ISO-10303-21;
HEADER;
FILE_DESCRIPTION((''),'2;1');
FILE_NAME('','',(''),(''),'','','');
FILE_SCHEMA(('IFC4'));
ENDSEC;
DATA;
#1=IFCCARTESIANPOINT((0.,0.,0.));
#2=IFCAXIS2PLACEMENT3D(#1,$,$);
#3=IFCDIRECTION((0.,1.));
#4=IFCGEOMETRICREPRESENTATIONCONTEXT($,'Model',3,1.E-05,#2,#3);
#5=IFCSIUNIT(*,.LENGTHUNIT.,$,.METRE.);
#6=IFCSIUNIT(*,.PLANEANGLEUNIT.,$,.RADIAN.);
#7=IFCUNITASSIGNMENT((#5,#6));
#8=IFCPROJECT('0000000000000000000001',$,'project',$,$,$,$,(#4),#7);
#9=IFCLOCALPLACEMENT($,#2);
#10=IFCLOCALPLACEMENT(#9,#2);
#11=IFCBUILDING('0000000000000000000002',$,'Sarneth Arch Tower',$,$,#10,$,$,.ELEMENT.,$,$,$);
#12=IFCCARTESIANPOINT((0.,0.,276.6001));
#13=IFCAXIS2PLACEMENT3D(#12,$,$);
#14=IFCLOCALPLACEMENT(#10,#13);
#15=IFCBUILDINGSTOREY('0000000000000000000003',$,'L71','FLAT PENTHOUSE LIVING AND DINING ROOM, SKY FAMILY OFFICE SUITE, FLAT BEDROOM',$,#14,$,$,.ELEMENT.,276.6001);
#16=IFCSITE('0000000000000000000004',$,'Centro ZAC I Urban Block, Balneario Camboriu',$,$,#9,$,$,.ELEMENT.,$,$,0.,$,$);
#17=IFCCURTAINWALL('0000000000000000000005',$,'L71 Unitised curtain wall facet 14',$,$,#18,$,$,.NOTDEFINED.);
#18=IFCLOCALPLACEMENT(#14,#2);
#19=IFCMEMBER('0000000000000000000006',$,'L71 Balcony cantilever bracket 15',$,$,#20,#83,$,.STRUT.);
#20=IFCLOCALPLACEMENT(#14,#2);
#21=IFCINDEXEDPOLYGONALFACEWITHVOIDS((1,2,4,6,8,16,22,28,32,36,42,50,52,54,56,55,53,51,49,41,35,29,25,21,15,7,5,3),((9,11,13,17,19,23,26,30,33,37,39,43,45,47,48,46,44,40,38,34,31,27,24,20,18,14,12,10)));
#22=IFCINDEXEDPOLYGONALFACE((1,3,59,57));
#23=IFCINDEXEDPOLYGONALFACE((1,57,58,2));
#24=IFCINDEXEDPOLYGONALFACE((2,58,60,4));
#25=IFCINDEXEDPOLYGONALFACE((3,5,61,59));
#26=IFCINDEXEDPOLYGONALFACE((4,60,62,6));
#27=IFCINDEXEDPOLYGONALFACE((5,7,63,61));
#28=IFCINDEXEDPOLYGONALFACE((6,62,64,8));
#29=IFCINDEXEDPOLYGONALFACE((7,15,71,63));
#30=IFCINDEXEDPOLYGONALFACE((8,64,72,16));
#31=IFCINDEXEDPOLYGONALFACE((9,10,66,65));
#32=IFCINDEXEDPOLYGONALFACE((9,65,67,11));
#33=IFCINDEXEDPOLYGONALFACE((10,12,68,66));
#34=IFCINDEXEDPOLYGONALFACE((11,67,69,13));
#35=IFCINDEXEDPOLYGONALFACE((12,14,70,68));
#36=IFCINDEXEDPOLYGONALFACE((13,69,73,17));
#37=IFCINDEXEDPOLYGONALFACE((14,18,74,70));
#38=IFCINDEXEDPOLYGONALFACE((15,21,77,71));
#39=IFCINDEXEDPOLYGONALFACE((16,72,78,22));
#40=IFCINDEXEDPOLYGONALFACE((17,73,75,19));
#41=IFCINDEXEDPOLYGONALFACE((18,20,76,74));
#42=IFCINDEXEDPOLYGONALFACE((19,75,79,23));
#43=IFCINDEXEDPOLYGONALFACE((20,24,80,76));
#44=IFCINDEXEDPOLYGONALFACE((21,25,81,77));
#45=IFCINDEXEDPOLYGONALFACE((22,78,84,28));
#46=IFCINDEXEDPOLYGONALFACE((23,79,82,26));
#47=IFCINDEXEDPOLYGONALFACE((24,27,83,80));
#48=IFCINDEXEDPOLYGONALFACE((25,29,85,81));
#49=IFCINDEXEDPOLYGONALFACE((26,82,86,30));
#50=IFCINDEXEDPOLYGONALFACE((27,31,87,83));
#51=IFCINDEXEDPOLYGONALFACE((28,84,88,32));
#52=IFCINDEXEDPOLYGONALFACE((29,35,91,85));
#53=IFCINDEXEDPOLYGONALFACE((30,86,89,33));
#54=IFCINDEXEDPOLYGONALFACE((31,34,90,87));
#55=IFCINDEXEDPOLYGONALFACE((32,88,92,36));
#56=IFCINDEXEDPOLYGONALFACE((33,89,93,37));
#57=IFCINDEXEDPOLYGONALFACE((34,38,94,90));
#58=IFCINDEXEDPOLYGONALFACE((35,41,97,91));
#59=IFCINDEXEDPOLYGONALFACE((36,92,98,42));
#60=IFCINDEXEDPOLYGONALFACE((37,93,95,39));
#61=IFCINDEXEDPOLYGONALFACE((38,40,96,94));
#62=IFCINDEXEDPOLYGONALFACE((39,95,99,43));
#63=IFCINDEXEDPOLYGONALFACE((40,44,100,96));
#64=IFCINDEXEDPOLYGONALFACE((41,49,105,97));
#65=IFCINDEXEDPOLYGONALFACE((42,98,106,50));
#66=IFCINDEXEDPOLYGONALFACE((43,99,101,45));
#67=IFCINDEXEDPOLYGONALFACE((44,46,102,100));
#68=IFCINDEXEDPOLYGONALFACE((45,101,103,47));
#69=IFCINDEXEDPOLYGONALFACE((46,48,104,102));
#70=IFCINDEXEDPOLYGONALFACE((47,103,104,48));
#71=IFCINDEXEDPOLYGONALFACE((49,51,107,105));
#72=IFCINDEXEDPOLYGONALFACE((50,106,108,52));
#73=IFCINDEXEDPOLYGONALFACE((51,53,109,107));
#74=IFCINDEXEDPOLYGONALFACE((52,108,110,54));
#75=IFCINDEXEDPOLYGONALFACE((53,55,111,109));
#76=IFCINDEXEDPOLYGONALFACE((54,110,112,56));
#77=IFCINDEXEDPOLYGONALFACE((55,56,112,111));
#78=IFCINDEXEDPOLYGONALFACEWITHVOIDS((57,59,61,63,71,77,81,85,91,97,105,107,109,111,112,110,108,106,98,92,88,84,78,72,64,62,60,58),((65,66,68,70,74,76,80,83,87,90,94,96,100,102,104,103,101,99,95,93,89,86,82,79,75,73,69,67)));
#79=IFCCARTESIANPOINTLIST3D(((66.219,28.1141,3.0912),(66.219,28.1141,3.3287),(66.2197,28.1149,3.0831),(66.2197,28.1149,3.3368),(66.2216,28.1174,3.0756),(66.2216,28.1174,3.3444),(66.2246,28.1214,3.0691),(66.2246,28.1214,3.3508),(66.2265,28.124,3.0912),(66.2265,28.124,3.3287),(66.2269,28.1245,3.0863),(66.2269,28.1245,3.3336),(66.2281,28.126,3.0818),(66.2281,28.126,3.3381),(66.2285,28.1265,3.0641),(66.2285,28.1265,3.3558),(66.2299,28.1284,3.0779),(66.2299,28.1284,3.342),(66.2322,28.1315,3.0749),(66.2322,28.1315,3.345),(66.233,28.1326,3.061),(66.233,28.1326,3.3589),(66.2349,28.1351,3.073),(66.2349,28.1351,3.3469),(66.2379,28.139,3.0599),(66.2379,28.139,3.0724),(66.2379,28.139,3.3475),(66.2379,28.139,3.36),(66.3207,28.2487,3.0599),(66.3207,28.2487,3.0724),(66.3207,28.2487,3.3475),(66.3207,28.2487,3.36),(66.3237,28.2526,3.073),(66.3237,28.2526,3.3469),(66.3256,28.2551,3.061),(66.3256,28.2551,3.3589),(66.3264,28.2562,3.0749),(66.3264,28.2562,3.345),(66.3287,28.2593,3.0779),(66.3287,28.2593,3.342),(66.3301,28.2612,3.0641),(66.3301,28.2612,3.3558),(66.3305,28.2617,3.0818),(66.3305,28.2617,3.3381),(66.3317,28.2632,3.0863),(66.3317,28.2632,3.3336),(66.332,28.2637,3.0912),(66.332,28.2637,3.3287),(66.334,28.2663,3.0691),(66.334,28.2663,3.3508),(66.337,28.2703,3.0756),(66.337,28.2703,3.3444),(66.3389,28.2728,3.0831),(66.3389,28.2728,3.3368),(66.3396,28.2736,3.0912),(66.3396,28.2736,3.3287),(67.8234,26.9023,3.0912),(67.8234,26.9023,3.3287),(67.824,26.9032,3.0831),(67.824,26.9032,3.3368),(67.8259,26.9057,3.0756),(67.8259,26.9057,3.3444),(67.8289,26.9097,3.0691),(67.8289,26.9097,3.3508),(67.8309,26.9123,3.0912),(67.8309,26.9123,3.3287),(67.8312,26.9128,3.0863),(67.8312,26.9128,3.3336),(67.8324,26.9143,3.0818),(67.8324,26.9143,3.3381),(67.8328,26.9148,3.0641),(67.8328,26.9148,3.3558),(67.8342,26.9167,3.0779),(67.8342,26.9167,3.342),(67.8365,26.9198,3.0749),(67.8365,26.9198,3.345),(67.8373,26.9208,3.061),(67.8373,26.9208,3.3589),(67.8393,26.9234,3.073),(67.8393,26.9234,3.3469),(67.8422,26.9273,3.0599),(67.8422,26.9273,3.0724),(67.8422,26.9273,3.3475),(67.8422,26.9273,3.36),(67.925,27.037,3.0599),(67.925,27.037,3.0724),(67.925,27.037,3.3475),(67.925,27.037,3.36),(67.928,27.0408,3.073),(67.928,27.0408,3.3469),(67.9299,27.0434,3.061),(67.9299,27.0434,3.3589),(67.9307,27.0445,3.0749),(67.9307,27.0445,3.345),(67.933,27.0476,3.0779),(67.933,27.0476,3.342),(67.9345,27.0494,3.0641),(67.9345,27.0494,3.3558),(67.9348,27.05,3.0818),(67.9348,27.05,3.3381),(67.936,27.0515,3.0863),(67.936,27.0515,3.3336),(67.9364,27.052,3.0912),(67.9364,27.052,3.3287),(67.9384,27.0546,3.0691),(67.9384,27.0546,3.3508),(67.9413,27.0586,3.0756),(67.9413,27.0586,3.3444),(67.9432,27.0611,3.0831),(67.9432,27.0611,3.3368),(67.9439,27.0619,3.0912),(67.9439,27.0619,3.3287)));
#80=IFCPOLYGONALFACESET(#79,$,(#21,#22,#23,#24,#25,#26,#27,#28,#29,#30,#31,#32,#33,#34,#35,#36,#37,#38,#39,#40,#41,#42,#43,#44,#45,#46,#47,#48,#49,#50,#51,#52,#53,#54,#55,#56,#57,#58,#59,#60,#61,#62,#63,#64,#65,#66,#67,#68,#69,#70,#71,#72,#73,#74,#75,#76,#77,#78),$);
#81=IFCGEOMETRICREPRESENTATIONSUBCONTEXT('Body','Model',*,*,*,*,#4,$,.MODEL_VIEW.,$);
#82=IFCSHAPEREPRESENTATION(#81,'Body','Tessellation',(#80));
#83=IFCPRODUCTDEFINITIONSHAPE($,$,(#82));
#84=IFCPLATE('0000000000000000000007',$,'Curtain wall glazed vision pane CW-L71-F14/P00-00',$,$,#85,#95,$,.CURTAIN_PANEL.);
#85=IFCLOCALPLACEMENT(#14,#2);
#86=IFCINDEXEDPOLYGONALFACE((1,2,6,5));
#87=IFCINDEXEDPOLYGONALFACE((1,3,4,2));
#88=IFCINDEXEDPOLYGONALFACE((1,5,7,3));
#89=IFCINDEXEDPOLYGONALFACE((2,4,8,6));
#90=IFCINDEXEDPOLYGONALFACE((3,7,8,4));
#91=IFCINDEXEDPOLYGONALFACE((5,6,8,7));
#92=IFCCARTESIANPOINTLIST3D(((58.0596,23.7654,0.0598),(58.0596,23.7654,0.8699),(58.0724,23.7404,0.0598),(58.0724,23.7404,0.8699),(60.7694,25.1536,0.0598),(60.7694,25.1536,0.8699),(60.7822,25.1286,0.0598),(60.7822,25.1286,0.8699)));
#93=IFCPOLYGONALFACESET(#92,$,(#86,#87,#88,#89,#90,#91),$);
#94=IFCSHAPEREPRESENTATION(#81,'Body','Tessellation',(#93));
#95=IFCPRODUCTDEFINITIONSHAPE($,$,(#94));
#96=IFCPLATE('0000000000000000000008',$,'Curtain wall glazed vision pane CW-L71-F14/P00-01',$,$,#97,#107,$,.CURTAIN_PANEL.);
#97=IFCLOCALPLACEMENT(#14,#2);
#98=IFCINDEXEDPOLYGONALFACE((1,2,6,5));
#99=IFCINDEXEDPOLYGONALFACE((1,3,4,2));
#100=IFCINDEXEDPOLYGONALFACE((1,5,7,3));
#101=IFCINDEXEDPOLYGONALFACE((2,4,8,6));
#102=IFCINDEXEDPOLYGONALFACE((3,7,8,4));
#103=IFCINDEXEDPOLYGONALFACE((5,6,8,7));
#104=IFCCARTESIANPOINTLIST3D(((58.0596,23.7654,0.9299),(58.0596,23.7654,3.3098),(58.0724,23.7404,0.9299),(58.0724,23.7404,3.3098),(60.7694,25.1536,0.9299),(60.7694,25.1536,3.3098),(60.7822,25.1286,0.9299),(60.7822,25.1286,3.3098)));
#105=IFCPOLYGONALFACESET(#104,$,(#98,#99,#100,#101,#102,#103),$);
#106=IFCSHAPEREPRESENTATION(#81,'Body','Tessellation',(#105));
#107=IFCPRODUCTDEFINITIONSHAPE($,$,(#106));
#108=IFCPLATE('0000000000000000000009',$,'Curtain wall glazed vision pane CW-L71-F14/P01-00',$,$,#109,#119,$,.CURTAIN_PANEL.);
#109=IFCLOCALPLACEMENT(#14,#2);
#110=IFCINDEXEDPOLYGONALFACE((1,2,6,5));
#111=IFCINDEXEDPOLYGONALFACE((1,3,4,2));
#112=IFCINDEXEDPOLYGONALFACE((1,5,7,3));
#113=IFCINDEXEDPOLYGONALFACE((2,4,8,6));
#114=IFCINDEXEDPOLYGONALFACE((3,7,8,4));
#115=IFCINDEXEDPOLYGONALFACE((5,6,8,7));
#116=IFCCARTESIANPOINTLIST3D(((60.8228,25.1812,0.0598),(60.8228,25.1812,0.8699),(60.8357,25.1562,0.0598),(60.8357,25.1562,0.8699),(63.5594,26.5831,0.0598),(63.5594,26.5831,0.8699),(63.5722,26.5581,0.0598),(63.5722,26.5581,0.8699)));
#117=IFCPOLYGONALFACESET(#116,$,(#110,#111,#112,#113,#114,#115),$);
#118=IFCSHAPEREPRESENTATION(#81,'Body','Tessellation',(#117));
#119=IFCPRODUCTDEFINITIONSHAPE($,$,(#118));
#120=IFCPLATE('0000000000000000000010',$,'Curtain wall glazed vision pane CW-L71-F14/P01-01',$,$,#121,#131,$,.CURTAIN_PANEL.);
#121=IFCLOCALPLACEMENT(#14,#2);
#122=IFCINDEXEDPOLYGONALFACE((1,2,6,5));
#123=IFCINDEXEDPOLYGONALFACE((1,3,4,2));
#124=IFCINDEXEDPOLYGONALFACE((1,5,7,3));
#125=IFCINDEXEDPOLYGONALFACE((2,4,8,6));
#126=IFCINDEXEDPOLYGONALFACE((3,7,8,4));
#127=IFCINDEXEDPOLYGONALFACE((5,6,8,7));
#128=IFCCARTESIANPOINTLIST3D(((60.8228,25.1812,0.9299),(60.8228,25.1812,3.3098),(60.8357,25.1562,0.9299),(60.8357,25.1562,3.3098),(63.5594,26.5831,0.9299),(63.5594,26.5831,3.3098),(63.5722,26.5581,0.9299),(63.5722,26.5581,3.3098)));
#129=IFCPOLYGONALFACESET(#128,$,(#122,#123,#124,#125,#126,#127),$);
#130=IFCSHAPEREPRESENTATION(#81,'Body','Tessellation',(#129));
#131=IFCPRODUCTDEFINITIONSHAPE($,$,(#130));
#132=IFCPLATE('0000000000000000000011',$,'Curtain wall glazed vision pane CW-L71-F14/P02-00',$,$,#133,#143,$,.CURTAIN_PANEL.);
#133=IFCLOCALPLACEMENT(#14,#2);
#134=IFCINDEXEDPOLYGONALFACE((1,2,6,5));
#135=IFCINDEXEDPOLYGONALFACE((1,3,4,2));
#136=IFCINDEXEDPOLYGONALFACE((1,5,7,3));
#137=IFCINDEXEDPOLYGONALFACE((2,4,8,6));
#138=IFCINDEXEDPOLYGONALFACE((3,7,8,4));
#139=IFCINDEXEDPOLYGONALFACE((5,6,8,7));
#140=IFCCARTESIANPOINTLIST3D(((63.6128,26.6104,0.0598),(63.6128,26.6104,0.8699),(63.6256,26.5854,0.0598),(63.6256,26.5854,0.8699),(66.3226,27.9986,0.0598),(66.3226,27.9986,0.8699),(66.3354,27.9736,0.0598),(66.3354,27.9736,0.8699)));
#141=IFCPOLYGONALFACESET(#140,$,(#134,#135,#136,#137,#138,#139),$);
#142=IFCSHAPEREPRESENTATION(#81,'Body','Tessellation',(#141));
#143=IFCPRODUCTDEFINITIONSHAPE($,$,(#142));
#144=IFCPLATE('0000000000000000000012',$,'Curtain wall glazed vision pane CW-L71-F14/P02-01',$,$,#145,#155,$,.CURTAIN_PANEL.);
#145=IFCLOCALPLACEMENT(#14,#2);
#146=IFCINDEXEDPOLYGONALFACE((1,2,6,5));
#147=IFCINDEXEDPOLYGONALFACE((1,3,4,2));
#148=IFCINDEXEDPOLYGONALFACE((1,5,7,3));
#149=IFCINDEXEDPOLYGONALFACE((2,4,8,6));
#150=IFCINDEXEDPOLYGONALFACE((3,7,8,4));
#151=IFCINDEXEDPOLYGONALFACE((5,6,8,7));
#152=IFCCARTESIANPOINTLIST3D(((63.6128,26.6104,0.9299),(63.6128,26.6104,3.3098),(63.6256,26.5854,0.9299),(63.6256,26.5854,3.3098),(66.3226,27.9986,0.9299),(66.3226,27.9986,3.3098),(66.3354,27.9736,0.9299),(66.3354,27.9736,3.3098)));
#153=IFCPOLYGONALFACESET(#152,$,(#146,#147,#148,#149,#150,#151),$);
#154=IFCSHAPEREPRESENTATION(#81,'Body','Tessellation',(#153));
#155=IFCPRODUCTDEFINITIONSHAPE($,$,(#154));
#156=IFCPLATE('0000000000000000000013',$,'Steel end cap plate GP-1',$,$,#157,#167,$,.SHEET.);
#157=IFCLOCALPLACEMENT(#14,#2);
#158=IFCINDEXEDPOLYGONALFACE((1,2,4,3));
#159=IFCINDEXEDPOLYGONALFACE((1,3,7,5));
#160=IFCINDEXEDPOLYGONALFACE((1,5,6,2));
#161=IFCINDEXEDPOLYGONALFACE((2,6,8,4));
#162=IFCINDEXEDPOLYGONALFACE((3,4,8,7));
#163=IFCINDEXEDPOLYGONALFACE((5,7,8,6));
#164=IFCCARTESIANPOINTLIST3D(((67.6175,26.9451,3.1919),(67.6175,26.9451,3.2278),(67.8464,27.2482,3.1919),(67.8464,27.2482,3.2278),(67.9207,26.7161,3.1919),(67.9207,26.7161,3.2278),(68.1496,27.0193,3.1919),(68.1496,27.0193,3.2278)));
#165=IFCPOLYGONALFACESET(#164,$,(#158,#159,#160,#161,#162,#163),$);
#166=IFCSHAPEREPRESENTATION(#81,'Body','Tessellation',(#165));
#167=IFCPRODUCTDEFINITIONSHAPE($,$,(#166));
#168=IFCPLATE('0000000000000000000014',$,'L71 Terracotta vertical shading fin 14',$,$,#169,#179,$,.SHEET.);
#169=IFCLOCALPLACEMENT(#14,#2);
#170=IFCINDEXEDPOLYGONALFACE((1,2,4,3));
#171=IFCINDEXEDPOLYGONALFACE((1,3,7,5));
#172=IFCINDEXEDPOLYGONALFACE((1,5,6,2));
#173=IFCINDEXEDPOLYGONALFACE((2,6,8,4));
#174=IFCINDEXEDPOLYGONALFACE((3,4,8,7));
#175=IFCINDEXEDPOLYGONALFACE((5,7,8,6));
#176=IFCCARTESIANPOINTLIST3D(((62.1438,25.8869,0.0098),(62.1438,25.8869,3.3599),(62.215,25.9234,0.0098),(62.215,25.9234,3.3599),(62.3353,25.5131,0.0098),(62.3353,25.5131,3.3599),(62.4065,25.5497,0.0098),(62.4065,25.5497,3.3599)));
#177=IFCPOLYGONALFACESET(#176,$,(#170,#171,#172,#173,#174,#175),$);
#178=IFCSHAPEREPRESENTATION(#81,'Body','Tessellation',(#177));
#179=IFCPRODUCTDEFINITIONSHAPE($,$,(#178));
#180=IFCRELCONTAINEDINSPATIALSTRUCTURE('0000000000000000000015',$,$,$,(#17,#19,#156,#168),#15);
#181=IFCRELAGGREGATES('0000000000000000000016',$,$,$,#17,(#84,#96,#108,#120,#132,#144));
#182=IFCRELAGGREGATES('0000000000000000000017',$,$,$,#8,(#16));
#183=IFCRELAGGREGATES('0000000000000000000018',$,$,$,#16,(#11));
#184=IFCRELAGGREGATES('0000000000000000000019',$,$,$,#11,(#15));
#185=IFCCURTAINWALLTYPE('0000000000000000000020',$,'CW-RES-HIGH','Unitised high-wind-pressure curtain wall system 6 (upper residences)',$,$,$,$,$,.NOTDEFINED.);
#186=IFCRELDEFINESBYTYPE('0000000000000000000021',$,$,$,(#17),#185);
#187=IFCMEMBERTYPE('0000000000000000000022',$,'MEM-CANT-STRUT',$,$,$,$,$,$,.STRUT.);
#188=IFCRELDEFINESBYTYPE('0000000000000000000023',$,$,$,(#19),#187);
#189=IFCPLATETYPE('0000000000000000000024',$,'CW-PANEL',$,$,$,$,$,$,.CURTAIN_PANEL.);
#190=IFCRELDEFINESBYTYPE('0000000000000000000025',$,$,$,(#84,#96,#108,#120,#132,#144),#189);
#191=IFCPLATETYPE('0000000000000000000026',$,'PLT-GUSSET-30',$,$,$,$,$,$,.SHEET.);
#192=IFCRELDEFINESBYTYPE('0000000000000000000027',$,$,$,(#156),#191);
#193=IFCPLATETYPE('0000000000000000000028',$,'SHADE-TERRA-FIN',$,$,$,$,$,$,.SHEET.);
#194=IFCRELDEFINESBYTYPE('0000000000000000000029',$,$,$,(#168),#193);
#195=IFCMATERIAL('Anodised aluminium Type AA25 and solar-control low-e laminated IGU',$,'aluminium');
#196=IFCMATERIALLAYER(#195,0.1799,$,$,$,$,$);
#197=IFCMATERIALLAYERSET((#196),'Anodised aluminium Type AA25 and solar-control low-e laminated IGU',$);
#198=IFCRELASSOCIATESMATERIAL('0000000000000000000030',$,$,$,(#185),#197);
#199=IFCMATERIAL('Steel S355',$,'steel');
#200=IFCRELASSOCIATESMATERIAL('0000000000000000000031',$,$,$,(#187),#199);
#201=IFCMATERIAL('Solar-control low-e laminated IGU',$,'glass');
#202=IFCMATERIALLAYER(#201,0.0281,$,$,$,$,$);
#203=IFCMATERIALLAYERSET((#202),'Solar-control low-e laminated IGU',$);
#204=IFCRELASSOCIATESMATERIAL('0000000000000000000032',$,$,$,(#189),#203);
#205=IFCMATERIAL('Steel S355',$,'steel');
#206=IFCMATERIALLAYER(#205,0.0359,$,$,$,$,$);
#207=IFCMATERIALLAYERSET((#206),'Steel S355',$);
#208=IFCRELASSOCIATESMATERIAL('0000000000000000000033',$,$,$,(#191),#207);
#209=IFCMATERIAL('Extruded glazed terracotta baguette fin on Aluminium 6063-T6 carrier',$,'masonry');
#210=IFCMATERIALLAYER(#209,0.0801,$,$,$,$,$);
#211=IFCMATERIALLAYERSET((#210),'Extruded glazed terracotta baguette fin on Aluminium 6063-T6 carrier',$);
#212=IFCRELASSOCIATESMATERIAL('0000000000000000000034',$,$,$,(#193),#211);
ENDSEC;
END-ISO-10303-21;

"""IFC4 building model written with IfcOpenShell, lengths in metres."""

from ifc_helpers import new_model, si_unit, direction, frame, origin, origin_2d, place, context, subcontext, project, spatial, rectangle, hollow_rectangle, extrude, material, layer, layer_set, material_profile, profile_set, type_object, element, aggregate, save


model = new_model("IFC4")

# Units and contexts
model_context = context("Model", 3, precision=1e-05, world=origin(), true_north=direction((0.0, 1.0)))
body_context = subcontext(model_context, "Body", "Model", "MODEL_VIEW")
ifc_project = project(units=[si_unit("LENGTHUNIT", "METRE"), si_unit("PLANEANGLEUNIT", "RADIAN")], contexts=[model_context])

# Site, building, storey
site_placement = place(None, origin())
site = spatial("IfcSite", under=ifc_project, at=site_placement, Name="Centro ZAC I Urban Block, Balneario Camboriu", CompositionType="ELEMENT", RefElevation=0.0)
building_placement = place(site_placement, origin())
building = spatial("IfcBuilding", under=site, at=building_placement, Name="Sarneth Arch Tower", CompositionType="ELEMENT")
storey_placement = place(building_placement, frame((0.0, 0.0, 276.6001)))
storey = spatial("IfcBuildingStorey", under=building, at=storey_placement, Name="L71", Description="FLAT PENTHOUSE LIVING AND DINING ROOM, SKY FAMILY OFFICE SUITE, FLAT BEDROOM", CompositionType="ELEMENT", Elevation=276.6001)

# Curtain wall
ifc_material_1 = material(Name="Anodised aluminium Type AA25 and solar-control low-e laminated IGU", Category="aluminium")
ifc_layer_1 = layer(ifc_material_1, 0.1799)
ifc_layer_set_1 = layer_set([ifc_layer_1], Name="Anodised aluminium Type AA25 and solar-control low-e laminated IGU")
curtain_wall_type = type_object("IfcCurtainWallType", Name="CW-RES-HIGH", Description="Unitised high-wind-pressure curtain wall system 6 (upper residences)", PredefinedType="NOTDEFINED", material=ifc_layer_set_1)
curtain_wall_placement = place(storey_placement, origin())
curtain_wall = element("IfcCurtainWall", 1, at=curtain_wall_placement, inside=storey, type_object=curtain_wall_type, Name="L71 Unitised curtain wall facet 14", PredefinedType="NOTDEFINED")

# Member
ifc_material_2 = material(Name="Steel S355", Category="steel")
ifc_material_profile_1 = material_profile(ifc_material_2, hollow_rectangle(XDim=0.2, YDim=0.3, WallThickness=0.0125, InnerFilletRadius=0.0188, OuterFilletRadius=0.0312, at=origin_2d()), Name="RHS300x200x12.5")
ifc_profile_set_1 = profile_set([ifc_material_profile_1], Name="Steel S355")
member_type_1 = type_object("IfcMemberType", Name="MEM-CANT-STRUT", PredefinedType="STRUT", material=ifc_profile_set_1)
member_1_placement = place(storey_placement, frame((66.2793, 28.1938, 3.21), z_axis=(0.79797, -0.602697, 0.0), x_axis=(0.602697, 0.79797, 0.0)))
element("IfcMember", 2, at=member_1_placement, inside=storey, type_object=member_type_1, Name="L71 Balcony cantilever bracket 15", PredefinedType="STRUT", context=body_context, shape_type="SweptSolid", body=[
    extrude(hollow_rectangle(XDim=0.2, YDim=0.3, WallThickness=0.0125, InnerFilletRadius=0.0188, OuterFilletRadius=0.0312, at=origin_2d()), origin(), (0.0, 0.0, 1.0), 2.0105),
])

# Plates
ifc_material_3 = material(Name="Solar-control low-e laminated IGU", Category="glass")
ifc_layer_2 = layer(ifc_material_3, 0.0281)
ifc_layer_set_2 = layer_set([ifc_layer_2], Name="Solar-control low-e laminated IGU")
plate_type_1 = type_object("IfcPlateType", Name="CW-PANEL", PredefinedType="CURTAIN_PANEL", material=ifc_layer_set_2)
plate_1_placement = place(storey_placement, frame((59.4209, 24.447, 0.0598), z_axis=(0.0, 0.0, 1.0), x_axis=(0.89001, 0.455942, 0.0)))
plate_1 = element("IfcPlate", 3, at=plate_1_placement, type_object=plate_type_1, Name="Curtain wall glazed vision pane CW-L71-F14/P00-00", PredefinedType="CURTAIN_PANEL", context=body_context, shape_type="SweptSolid", body=[
    extrude(rectangle(XDim=3.0447, YDim=0.0281, at=origin_2d()), origin(), (0.0, 0.0, 1.0), 0.8101),
])
plate_2_placement = place(storey_placement, frame((59.4209, 24.447, 0.9299), z_axis=(0.0, 0.0, 1.0), x_axis=(0.89001, 0.455942, 0.0)))
plate_2 = element("IfcPlate", 4, at=plate_2_placement, type_object=plate_type_1, Name="Curtain wall glazed vision pane CW-L71-F14/P00-01", PredefinedType="CURTAIN_PANEL", context=body_context, shape_type="SweptSolid", body=[
    extrude(rectangle(XDim=3.0447, YDim=0.0281, at=origin_2d()), origin(), (0.0, 0.0, 1.0), 2.3799),
])
plate_3_placement = place(storey_placement, frame((62.1975, 25.8696, 0.0598), z_axis=(0.0, 0.0, 1.0), x_axis=(0.89001, 0.455942, 0.0)))
plate_3 = element("IfcPlate", 5, at=plate_3_placement, type_object=plate_type_1, Name="Curtain wall glazed vision pane CW-L71-F14/P01-00", PredefinedType="CURTAIN_PANEL", context=body_context, shape_type="SweptSolid", body=[
    extrude(rectangle(XDim=3.0747, YDim=0.0281, at=origin_2d()), origin(), (0.0, 0.0, 1.0), 0.8101),
])
plate_4_placement = place(storey_placement, frame((62.1975, 25.8696, 0.9299), z_axis=(0.0, 0.0, 1.0), x_axis=(0.89001, 0.455942, 0.0)))
plate_4 = element("IfcPlate", 6, at=plate_4_placement, type_object=plate_type_1, Name="Curtain wall glazed vision pane CW-L71-F14/P01-01", PredefinedType="CURTAIN_PANEL", context=body_context, shape_type="SweptSolid", body=[
    extrude(rectangle(XDim=3.0747, YDim=0.0281, at=origin_2d()), origin(), (0.0, 0.0, 1.0), 2.3799),
])
plate_5_placement = place(storey_placement, frame((64.9741, 27.292, 0.0598), z_axis=(0.0, 0.0, 1.0), x_axis=(0.89001, 0.455942, 0.0)))
plate_5 = element("IfcPlate", 7, at=plate_5_placement, type_object=plate_type_1, Name="Curtain wall glazed vision pane CW-L71-F14/P02-00", PredefinedType="CURTAIN_PANEL", context=body_context, shape_type="SweptSolid", body=[
    extrude(rectangle(XDim=3.0447, YDim=0.0281, at=origin_2d()), origin(), (0.0, 0.0, 1.0), 0.8101),
])
plate_6_placement = place(storey_placement, frame((64.9741, 27.292, 0.9299), z_axis=(0.0, 0.0, 1.0), x_axis=(0.89001, 0.455942, 0.0)))
plate_6 = element("IfcPlate", 8, at=plate_6_placement, type_object=plate_type_1, Name="Curtain wall glazed vision pane CW-L71-F14/P02-01", PredefinedType="CURTAIN_PANEL", context=body_context, shape_type="SweptSolid", body=[
    extrude(rectangle(XDim=3.0447, YDim=0.0281, at=origin_2d()), origin(), (0.0, 0.0, 1.0), 2.3799),
])
aggregate(curtain_wall, [plate_1, plate_2, plate_3, plate_4, plate_5, plate_6])

# Plates
ifc_material_4 = material(Name="Steel S355", Category="steel")
ifc_layer_3 = layer(ifc_material_4, 0.0359)
ifc_layer_set_3 = layer_set([ifc_layer_3], Name="Steel S355")
plate_type_2 = type_object("IfcPlateType", Name="PLT-GUSSET-30", PredefinedType="SHEET", material=ifc_layer_set_3)
plate_7_placement = place(storey_placement, frame((67.8835, 26.9822, 3.1919), z_axis=(0.0, 0.0, 1.0), x_axis=(0.798005, -0.602651, 0.0)))
element("IfcPlate", 9, at=plate_7_placement, inside=storey, type_object=plate_type_2, Name="Steel end cap plate GP-1", PredefinedType="SHEET", context=body_context, shape_type="SweptSolid", body=[
    extrude(rectangle(XDim=0.3799, YDim=0.3799, at=origin_2d()), origin(), (0.0, 0.0, 1.0), 0.0359),
])
ifc_material_5 = material(Name="Extruded glazed terracotta baguette fin on Aluminium 6063-T6 carrier", Category="masonry")
ifc_layer_4 = layer(ifc_material_5, 0.0801)
ifc_layer_set_4 = layer_set([ifc_layer_4], Name="Extruded glazed terracotta baguette fin on Aluminium 6063-T6 carrier")
plate_type_3 = type_object("IfcPlateType", Name="SHADE-TERRA-FIN", PredefinedType="SHEET", material=ifc_layer_set_4)
plate_8_placement = place(storey_placement, frame((62.2751, 25.7183, 0.0098), z_axis=(0.0, 0.0, 1.0), x_axis=(0.456011, -0.889974, 0.0)))
element("IfcPlate", 10, at=plate_8_placement, inside=storey, type_object=plate_type_3, Name="L71 Terracotta vertical shading fin 14", PredefinedType="SHEET", context=body_context, shape_type="SweptSolid", body=[
    extrude(rectangle(XDim=0.4199, YDim=0.0801, at=origin_2d()), origin(), (0.0, 0.0, 1.0), 3.3501),
])

save(model, "model.ifc")
